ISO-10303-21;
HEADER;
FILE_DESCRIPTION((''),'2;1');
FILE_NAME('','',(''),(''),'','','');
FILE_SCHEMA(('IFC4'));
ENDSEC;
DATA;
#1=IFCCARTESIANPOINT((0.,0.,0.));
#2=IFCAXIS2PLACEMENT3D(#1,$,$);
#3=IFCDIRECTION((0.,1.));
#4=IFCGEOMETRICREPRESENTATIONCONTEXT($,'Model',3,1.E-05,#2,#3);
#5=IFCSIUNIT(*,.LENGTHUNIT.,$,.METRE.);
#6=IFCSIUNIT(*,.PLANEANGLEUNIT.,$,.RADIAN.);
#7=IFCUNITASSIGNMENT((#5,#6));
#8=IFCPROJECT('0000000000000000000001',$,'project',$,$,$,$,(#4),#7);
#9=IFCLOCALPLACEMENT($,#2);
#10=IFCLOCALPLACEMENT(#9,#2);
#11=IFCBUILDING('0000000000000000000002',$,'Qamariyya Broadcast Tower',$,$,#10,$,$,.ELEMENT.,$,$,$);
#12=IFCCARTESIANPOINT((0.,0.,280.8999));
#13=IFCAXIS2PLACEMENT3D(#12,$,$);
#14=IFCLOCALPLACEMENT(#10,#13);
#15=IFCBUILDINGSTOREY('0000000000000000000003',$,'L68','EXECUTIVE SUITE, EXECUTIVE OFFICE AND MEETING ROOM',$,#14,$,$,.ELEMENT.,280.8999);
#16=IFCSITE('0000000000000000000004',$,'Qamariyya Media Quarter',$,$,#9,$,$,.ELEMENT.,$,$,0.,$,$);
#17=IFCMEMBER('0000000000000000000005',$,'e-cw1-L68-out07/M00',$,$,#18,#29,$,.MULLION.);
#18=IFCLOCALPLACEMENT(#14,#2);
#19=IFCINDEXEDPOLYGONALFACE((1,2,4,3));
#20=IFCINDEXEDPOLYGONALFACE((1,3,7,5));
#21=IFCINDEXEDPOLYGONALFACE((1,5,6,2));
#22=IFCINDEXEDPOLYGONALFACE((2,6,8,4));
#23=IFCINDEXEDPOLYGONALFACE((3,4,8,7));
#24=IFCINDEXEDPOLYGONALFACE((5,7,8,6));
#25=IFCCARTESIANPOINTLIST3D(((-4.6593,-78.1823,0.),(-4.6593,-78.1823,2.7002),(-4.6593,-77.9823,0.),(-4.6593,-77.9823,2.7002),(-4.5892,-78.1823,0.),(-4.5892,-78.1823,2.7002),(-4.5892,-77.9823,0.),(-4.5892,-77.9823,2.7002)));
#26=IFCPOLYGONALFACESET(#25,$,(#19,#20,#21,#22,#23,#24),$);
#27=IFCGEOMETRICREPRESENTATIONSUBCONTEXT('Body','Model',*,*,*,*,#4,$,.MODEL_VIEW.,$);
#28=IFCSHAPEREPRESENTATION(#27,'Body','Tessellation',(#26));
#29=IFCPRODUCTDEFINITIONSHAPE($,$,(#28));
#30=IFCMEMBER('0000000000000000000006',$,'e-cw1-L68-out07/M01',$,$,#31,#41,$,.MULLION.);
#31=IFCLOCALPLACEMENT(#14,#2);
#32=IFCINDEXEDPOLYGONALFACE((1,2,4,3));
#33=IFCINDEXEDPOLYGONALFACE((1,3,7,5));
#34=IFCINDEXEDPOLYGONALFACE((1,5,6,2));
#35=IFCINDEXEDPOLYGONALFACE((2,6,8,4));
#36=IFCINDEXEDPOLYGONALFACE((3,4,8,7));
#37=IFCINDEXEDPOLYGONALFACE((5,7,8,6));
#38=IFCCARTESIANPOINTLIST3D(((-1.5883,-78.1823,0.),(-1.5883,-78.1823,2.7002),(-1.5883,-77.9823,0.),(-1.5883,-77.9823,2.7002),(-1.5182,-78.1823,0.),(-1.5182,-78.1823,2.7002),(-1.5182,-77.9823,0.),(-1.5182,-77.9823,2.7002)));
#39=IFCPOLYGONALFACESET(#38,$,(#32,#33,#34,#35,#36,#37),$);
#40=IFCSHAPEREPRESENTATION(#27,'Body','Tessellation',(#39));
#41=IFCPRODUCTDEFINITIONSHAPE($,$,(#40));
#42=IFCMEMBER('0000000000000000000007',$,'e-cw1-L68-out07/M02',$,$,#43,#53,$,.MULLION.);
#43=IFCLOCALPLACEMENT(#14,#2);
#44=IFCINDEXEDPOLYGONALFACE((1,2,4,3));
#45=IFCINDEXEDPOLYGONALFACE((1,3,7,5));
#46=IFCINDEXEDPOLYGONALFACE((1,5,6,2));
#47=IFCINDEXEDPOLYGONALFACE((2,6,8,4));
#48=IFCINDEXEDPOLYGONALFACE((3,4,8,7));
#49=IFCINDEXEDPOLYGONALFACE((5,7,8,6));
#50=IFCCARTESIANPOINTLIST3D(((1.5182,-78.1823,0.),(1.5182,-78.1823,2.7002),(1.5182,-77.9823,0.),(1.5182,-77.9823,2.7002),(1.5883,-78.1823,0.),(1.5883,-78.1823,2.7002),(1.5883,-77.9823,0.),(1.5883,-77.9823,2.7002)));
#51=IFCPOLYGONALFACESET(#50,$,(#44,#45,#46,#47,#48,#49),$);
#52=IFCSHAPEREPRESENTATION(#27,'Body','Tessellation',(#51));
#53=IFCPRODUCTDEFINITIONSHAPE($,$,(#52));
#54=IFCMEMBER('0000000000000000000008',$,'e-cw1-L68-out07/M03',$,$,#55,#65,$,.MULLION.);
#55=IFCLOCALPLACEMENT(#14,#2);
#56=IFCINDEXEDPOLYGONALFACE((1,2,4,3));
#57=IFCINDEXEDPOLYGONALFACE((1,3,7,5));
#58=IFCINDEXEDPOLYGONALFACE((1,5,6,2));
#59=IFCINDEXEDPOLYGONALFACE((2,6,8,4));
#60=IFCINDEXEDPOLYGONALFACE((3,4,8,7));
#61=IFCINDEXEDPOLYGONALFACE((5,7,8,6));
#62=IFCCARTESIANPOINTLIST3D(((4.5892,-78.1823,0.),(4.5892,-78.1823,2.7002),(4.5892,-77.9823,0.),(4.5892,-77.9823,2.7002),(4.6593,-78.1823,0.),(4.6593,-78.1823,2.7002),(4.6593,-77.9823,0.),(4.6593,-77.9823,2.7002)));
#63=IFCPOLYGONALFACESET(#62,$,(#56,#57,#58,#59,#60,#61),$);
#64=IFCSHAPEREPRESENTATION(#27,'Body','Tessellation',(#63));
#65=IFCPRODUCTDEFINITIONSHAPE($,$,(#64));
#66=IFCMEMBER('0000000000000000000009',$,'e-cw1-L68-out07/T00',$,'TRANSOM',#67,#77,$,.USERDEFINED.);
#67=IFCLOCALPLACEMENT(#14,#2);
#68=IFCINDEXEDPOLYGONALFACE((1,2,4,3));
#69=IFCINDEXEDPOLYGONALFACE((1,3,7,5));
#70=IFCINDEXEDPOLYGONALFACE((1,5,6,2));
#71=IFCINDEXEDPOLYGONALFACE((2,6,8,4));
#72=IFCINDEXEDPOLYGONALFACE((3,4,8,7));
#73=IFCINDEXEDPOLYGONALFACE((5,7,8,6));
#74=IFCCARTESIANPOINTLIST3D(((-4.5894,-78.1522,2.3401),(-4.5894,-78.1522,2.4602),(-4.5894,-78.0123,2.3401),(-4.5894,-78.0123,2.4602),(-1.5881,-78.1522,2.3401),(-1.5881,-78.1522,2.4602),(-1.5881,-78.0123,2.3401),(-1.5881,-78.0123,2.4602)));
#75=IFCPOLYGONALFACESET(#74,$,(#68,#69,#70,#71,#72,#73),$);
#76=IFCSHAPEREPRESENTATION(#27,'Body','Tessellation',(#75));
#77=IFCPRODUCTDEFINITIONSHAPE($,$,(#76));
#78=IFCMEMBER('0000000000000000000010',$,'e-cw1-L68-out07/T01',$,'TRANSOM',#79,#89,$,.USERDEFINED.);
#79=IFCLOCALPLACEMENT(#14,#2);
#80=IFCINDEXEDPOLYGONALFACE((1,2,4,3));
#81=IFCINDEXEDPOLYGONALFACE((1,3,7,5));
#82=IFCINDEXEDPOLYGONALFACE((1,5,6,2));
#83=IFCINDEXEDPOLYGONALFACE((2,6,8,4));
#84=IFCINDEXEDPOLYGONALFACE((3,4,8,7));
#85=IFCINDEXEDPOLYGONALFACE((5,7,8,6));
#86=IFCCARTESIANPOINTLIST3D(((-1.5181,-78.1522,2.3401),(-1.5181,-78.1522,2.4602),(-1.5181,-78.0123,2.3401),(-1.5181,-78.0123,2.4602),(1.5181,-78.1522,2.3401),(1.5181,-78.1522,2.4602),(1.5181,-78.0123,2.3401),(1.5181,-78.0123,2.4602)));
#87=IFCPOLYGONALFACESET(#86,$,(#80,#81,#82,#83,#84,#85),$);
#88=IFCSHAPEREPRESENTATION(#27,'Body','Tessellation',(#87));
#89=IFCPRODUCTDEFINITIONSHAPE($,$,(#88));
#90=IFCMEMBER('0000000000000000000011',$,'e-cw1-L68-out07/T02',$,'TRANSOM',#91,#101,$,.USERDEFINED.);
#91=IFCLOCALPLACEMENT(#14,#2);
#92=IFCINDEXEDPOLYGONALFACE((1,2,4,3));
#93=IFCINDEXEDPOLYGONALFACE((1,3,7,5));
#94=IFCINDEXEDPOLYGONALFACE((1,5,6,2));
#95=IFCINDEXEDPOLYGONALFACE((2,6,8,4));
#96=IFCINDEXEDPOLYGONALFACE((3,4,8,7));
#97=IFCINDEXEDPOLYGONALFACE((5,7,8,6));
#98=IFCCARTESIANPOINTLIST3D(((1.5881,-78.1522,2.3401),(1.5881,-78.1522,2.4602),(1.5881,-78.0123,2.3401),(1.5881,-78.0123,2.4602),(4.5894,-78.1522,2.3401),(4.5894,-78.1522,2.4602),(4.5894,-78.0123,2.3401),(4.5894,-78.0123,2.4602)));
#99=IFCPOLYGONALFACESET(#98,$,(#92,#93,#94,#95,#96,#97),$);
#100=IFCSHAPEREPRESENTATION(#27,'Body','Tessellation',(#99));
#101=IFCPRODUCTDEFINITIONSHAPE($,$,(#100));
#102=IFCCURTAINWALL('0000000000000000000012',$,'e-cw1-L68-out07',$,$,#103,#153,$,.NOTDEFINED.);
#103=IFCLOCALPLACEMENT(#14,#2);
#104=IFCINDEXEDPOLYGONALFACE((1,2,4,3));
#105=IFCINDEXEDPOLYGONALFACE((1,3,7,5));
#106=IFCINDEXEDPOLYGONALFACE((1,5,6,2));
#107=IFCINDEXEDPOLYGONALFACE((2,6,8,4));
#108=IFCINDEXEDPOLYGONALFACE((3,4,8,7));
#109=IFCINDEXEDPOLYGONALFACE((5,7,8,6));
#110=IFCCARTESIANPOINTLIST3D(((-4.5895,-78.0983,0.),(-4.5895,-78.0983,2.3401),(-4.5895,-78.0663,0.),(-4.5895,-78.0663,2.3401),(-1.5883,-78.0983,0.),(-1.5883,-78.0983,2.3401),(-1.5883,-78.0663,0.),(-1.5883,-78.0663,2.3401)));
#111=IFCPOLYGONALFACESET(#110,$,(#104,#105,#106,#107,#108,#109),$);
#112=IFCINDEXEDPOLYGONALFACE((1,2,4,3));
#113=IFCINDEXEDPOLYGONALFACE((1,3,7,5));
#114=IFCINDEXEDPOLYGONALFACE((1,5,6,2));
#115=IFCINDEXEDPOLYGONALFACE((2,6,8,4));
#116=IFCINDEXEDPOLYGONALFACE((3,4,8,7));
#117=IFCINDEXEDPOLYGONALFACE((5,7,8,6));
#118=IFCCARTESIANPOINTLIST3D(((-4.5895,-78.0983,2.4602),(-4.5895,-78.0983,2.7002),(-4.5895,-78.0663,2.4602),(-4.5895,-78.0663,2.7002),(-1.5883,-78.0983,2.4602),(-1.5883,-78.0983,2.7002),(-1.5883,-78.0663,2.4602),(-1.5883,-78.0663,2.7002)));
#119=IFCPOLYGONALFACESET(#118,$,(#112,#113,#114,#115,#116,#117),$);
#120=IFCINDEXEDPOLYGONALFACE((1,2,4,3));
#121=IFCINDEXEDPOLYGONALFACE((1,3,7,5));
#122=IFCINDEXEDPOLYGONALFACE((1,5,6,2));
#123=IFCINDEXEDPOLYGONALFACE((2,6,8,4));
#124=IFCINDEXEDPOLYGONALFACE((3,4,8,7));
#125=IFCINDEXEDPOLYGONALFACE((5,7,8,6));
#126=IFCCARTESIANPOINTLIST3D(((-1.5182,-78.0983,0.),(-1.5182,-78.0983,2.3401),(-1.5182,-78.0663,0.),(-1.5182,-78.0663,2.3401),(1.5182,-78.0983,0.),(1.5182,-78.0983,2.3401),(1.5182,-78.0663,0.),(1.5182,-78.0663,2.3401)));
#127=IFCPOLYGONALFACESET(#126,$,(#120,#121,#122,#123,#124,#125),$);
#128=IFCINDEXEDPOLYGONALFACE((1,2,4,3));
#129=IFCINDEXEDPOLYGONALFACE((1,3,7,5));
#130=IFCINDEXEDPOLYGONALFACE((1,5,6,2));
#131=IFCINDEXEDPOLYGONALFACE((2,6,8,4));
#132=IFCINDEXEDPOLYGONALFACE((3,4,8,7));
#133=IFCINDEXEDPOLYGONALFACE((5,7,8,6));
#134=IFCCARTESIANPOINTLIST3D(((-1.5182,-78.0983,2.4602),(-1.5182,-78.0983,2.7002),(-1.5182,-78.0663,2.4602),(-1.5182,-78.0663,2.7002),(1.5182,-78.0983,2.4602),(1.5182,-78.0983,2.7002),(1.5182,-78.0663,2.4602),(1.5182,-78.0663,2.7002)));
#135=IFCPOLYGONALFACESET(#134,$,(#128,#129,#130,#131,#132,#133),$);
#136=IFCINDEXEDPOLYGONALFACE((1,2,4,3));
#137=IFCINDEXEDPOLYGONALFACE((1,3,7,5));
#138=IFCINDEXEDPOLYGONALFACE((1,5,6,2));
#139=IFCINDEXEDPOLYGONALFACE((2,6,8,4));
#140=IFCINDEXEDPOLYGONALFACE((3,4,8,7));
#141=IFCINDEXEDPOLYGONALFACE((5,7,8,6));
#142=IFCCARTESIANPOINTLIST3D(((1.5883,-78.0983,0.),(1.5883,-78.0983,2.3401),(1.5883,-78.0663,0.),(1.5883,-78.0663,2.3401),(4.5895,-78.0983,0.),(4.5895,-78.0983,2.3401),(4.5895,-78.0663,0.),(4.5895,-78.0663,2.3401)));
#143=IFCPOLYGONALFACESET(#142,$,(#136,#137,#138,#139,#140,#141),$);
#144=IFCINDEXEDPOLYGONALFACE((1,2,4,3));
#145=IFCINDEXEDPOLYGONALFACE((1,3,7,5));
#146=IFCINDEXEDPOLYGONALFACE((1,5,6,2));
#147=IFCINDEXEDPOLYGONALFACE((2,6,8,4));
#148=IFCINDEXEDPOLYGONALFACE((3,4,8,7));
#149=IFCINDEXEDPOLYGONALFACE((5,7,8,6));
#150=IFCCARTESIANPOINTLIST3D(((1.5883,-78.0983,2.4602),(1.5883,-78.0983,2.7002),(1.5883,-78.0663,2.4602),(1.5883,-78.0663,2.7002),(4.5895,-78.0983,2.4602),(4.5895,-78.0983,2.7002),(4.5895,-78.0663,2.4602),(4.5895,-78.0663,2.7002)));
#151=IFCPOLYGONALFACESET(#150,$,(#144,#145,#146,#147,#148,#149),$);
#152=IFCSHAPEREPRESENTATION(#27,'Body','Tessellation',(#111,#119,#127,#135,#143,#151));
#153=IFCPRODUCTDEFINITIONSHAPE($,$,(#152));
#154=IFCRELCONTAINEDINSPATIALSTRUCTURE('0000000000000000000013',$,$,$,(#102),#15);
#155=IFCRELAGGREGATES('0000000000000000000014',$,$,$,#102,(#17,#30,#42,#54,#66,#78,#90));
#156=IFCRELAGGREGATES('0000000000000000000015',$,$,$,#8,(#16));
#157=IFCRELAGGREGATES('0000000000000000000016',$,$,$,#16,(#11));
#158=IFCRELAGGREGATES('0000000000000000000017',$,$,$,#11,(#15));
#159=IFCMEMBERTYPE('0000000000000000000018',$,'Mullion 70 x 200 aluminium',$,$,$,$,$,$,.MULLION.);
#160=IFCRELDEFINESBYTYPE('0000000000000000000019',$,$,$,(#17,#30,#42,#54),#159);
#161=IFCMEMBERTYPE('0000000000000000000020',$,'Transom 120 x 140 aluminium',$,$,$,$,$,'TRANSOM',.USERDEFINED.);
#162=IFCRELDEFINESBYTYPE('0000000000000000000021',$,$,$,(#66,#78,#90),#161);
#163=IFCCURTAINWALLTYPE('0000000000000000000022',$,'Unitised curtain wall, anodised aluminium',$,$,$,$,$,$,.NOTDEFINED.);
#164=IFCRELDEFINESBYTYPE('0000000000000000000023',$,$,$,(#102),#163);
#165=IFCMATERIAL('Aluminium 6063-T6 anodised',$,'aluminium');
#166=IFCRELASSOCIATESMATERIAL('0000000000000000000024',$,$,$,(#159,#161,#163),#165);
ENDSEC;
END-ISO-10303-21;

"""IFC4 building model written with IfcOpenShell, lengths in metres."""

from ifc_helpers import new_model, si_unit, direction, frame, origin, origin_2d, place, context, subcontext, project, spatial, rectangle, extrude, material, material_profile, profile_set, type_object, element, aggregate, save


model = new_model("IFC4")

# Units and contexts
model_context = context("Model", 3, precision=1e-05, world=origin(), true_north=direction((0.0, 1.0)))
body_context = subcontext(model_context, "Body", "Model", "MODEL_VIEW")
ifc_project = project(units=[si_unit("LENGTHUNIT", "METRE"), si_unit("PLANEANGLEUNIT", "RADIAN")], contexts=[model_context])

# Members
ifc_material_1 = material(Name="Aluminium 6063-T6 anodised", Category="aluminium")
ifc_material_profile_1 = material_profile(ifc_material_1, rectangle(XDim=0.2, YDim=0.0701, at=origin_2d()))
ifc_profile_set_1 = profile_set([ifc_material_profile_1], Name="Aluminium 6063-T6 anodised")
member_type_1 = type_object("IfcMemberType", Name="Mullion 70 x 200 aluminium", PredefinedType="MULLION", material=ifc_profile_set_1)
site_placement = place(None, origin())
building_placement = place(site_placement, origin())
storey_placement = place(building_placement, frame((0.0, 0.0, 280.8999)))
member_1_placement = place(storey_placement, frame((-4.6243, -78.0823, 0.0), z_axis=(0.0, 0.0, 1.0), x_axis=(0.0, 1.0, 0.0)))
member_1 = element("IfcMember", 1, at=member_1_placement, type_object=member_type_1, Name="e-cw1-L68-out07/M00", PredefinedType="MULLION", context=body_context, shape_type="SweptSolid", body=[
    extrude(rectangle(XDim=0.2, YDim=0.0701, at=origin_2d()), origin(), (0.0, 0.0, 1.0), 2.7002),
])
member_2_placement = place(storey_placement, frame((-1.5532, -78.0823, 0.0), z_axis=(0.0, 0.0, 1.0), x_axis=(0.0, 1.0, 0.0)))
member_2 = element("IfcMember", 2, at=member_2_placement, type_object=member_type_1, Name="e-cw1-L68-out07/M01", PredefinedType="MULLION", context=body_context, shape_type="SweptSolid", body=[
    extrude(rectangle(XDim=0.2, YDim=0.0701, at=origin_2d()), origin(), (0.0, 0.0, 1.0), 2.7002),
])
member_3_placement = place(storey_placement, frame((1.5532, -78.0823, 0.0), z_axis=(0.0, 0.0, 1.0), x_axis=(0.0, 1.0, 0.0)))
member_3 = element("IfcMember", 3, at=member_3_placement, type_object=member_type_1, Name="e-cw1-L68-out07/M02", PredefinedType="MULLION", context=body_context, shape_type="SweptSolid", body=[
    extrude(rectangle(XDim=0.2, YDim=0.0701, at=origin_2d()), origin(), (0.0, 0.0, 1.0), 2.7002),
])
member_4_placement = place(storey_placement, frame((4.6243, -78.0823, 0.0), z_axis=(0.0, 0.0, 1.0), x_axis=(0.0, 1.0, 0.0)))
member_4 = element("IfcMember", 4, at=member_4_placement, type_object=member_type_1, Name="e-cw1-L68-out07/M03", PredefinedType="MULLION", context=body_context, shape_type="SweptSolid", body=[
    extrude(rectangle(XDim=0.2, YDim=0.0701, at=origin_2d()), origin(), (0.0, 0.0, 1.0), 2.7002),
])
ifc_material_profile_2 = material_profile(ifc_material_1, rectangle(XDim=0.1399, YDim=0.1201, at=origin_2d()))
ifc_profile_set_2 = profile_set([ifc_material_profile_2], Name="Aluminium 6063-T6 anodised")
member_type_2 = type_object("IfcMemberType", Name="Transom 120 x 140 aluminium", ElementType="TRANSOM", PredefinedType="USERDEFINED", material=ifc_profile_set_2)
member_5_placement = place(storey_placement, frame((-4.5894, -78.0823, 2.4001), z_axis=(1.0, 0.0, 0.0), x_axis=(0.0, 1.0, 0.0)))
member_5 = element("IfcMember", 5, at=member_5_placement, type_object=member_type_2, Name="e-cw1-L68-out07/T00", ObjectType="TRANSOM", PredefinedType="USERDEFINED", context=body_context, shape_type="SweptSolid", body=[
    extrude(rectangle(XDim=0.1399, YDim=0.1201, at=origin_2d()), origin(), (0.0, 0.0, 1.0), 3.0012),
])
member_6_placement = place(storey_placement, frame((-1.5181, -78.0823, 2.4001), z_axis=(1.0, 0.0, 0.0), x_axis=(0.0, 1.0, 0.0)))
member_6 = element("IfcMember", 6, at=member_6_placement, type_object=member_type_2, Name="e-cw1-L68-out07/T01", ObjectType="TRANSOM", PredefinedType="USERDEFINED", context=body_context, shape_type="SweptSolid", body=[
    extrude(rectangle(XDim=0.1399, YDim=0.1201, at=origin_2d()), origin(), (0.0, 0.0, 1.0), 3.0361),
])
member_7_placement = place(storey_placement, frame((1.5881, -78.0823, 2.4001), z_axis=(1.0, 0.0, 0.0), x_axis=(0.0, 1.0, 0.0)))
member_7 = element("IfcMember", 7, at=member_7_placement, type_object=member_type_2, Name="e-cw1-L68-out07/T02", ObjectType="TRANSOM", PredefinedType="USERDEFINED", context=body_context, shape_type="SweptSolid", body=[
    extrude(rectangle(XDim=0.1399, YDim=0.1201, at=origin_2d()), origin(), (0.0, 0.0, 1.0), 3.0012),
])

# Site, building, storey
site = spatial("IfcSite", under=ifc_project, at=site_placement, Name="Qamariyya Media Quarter", CompositionType="ELEMENT", RefElevation=0.0)
building = spatial("IfcBuilding", under=site, at=building_placement, Name="Qamariyya Broadcast Tower", CompositionType="ELEMENT")
storey = spatial("IfcBuildingStorey", under=building, at=storey_placement, Name="L68", Description="EXECUTIVE SUITE, EXECUTIVE OFFICE AND MEETING ROOM", CompositionType="ELEMENT", Elevation=280.8999)

# Curtain wall
curtain_wall_type = type_object("IfcCurtainWallType", Name="Unitised curtain wall, anodised aluminium", PredefinedType="NOTDEFINED", material=ifc_material_1)
curtain_wall_1_placement = place(storey_placement, origin())
curtain_wall_1 = element("IfcCurtainWall", 8, at=curtain_wall_1_placement, inside=storey, type_object=curtain_wall_type, Name="e-cw1-L68-out07", PredefinedType="NOTDEFINED", context=body_context, shape_type="SweptSolid", body=[
    extrude(rectangle(XDim=3.0012, YDim=0.032, at=origin_2d()), frame((-3.0889, -78.0823, 0.0), x_axis=(1.0, 0.0, 0.0)), (0.0, 0.0, 1.0), 2.3401),
    extrude(rectangle(XDim=3.0012, YDim=0.032, at=origin_2d()), frame((-3.0889, -78.0823, 2.4602), x_axis=(1.0, 0.0, 0.0)), (0.0, 0.0, 1.0), 0.24),
    extrude(rectangle(XDim=3.0364, YDim=0.032, at=origin_2d()), frame((0.0, -78.0823, 0.0), x_axis=(1.0, 0.0, 0.0)), (0.0, 0.0, 1.0), 2.3401),
    extrude(rectangle(XDim=3.0364, YDim=0.032, at=origin_2d()), frame((0.0, -78.0823, 2.4602), x_axis=(1.0, 0.0, 0.0)), (0.0, 0.0, 1.0), 0.24),
    extrude(rectangle(XDim=3.0012, YDim=0.032, at=origin_2d()), frame((3.0889, -78.0823, 0.0), x_axis=(1.0, 0.0, 0.0)), (0.0, 0.0, 1.0), 2.3401),
    extrude(rectangle(XDim=3.0012, YDim=0.032, at=origin_2d()), frame((3.0889, -78.0823, 2.4602), x_axis=(1.0, 0.0, 0.0)), (0.0, 0.0, 1.0), 0.24),
])
aggregate(curtain_wall_1, [member_1, member_2, member_3, member_4, member_5, member_6, member_7])

save(model, "model.ifc")
